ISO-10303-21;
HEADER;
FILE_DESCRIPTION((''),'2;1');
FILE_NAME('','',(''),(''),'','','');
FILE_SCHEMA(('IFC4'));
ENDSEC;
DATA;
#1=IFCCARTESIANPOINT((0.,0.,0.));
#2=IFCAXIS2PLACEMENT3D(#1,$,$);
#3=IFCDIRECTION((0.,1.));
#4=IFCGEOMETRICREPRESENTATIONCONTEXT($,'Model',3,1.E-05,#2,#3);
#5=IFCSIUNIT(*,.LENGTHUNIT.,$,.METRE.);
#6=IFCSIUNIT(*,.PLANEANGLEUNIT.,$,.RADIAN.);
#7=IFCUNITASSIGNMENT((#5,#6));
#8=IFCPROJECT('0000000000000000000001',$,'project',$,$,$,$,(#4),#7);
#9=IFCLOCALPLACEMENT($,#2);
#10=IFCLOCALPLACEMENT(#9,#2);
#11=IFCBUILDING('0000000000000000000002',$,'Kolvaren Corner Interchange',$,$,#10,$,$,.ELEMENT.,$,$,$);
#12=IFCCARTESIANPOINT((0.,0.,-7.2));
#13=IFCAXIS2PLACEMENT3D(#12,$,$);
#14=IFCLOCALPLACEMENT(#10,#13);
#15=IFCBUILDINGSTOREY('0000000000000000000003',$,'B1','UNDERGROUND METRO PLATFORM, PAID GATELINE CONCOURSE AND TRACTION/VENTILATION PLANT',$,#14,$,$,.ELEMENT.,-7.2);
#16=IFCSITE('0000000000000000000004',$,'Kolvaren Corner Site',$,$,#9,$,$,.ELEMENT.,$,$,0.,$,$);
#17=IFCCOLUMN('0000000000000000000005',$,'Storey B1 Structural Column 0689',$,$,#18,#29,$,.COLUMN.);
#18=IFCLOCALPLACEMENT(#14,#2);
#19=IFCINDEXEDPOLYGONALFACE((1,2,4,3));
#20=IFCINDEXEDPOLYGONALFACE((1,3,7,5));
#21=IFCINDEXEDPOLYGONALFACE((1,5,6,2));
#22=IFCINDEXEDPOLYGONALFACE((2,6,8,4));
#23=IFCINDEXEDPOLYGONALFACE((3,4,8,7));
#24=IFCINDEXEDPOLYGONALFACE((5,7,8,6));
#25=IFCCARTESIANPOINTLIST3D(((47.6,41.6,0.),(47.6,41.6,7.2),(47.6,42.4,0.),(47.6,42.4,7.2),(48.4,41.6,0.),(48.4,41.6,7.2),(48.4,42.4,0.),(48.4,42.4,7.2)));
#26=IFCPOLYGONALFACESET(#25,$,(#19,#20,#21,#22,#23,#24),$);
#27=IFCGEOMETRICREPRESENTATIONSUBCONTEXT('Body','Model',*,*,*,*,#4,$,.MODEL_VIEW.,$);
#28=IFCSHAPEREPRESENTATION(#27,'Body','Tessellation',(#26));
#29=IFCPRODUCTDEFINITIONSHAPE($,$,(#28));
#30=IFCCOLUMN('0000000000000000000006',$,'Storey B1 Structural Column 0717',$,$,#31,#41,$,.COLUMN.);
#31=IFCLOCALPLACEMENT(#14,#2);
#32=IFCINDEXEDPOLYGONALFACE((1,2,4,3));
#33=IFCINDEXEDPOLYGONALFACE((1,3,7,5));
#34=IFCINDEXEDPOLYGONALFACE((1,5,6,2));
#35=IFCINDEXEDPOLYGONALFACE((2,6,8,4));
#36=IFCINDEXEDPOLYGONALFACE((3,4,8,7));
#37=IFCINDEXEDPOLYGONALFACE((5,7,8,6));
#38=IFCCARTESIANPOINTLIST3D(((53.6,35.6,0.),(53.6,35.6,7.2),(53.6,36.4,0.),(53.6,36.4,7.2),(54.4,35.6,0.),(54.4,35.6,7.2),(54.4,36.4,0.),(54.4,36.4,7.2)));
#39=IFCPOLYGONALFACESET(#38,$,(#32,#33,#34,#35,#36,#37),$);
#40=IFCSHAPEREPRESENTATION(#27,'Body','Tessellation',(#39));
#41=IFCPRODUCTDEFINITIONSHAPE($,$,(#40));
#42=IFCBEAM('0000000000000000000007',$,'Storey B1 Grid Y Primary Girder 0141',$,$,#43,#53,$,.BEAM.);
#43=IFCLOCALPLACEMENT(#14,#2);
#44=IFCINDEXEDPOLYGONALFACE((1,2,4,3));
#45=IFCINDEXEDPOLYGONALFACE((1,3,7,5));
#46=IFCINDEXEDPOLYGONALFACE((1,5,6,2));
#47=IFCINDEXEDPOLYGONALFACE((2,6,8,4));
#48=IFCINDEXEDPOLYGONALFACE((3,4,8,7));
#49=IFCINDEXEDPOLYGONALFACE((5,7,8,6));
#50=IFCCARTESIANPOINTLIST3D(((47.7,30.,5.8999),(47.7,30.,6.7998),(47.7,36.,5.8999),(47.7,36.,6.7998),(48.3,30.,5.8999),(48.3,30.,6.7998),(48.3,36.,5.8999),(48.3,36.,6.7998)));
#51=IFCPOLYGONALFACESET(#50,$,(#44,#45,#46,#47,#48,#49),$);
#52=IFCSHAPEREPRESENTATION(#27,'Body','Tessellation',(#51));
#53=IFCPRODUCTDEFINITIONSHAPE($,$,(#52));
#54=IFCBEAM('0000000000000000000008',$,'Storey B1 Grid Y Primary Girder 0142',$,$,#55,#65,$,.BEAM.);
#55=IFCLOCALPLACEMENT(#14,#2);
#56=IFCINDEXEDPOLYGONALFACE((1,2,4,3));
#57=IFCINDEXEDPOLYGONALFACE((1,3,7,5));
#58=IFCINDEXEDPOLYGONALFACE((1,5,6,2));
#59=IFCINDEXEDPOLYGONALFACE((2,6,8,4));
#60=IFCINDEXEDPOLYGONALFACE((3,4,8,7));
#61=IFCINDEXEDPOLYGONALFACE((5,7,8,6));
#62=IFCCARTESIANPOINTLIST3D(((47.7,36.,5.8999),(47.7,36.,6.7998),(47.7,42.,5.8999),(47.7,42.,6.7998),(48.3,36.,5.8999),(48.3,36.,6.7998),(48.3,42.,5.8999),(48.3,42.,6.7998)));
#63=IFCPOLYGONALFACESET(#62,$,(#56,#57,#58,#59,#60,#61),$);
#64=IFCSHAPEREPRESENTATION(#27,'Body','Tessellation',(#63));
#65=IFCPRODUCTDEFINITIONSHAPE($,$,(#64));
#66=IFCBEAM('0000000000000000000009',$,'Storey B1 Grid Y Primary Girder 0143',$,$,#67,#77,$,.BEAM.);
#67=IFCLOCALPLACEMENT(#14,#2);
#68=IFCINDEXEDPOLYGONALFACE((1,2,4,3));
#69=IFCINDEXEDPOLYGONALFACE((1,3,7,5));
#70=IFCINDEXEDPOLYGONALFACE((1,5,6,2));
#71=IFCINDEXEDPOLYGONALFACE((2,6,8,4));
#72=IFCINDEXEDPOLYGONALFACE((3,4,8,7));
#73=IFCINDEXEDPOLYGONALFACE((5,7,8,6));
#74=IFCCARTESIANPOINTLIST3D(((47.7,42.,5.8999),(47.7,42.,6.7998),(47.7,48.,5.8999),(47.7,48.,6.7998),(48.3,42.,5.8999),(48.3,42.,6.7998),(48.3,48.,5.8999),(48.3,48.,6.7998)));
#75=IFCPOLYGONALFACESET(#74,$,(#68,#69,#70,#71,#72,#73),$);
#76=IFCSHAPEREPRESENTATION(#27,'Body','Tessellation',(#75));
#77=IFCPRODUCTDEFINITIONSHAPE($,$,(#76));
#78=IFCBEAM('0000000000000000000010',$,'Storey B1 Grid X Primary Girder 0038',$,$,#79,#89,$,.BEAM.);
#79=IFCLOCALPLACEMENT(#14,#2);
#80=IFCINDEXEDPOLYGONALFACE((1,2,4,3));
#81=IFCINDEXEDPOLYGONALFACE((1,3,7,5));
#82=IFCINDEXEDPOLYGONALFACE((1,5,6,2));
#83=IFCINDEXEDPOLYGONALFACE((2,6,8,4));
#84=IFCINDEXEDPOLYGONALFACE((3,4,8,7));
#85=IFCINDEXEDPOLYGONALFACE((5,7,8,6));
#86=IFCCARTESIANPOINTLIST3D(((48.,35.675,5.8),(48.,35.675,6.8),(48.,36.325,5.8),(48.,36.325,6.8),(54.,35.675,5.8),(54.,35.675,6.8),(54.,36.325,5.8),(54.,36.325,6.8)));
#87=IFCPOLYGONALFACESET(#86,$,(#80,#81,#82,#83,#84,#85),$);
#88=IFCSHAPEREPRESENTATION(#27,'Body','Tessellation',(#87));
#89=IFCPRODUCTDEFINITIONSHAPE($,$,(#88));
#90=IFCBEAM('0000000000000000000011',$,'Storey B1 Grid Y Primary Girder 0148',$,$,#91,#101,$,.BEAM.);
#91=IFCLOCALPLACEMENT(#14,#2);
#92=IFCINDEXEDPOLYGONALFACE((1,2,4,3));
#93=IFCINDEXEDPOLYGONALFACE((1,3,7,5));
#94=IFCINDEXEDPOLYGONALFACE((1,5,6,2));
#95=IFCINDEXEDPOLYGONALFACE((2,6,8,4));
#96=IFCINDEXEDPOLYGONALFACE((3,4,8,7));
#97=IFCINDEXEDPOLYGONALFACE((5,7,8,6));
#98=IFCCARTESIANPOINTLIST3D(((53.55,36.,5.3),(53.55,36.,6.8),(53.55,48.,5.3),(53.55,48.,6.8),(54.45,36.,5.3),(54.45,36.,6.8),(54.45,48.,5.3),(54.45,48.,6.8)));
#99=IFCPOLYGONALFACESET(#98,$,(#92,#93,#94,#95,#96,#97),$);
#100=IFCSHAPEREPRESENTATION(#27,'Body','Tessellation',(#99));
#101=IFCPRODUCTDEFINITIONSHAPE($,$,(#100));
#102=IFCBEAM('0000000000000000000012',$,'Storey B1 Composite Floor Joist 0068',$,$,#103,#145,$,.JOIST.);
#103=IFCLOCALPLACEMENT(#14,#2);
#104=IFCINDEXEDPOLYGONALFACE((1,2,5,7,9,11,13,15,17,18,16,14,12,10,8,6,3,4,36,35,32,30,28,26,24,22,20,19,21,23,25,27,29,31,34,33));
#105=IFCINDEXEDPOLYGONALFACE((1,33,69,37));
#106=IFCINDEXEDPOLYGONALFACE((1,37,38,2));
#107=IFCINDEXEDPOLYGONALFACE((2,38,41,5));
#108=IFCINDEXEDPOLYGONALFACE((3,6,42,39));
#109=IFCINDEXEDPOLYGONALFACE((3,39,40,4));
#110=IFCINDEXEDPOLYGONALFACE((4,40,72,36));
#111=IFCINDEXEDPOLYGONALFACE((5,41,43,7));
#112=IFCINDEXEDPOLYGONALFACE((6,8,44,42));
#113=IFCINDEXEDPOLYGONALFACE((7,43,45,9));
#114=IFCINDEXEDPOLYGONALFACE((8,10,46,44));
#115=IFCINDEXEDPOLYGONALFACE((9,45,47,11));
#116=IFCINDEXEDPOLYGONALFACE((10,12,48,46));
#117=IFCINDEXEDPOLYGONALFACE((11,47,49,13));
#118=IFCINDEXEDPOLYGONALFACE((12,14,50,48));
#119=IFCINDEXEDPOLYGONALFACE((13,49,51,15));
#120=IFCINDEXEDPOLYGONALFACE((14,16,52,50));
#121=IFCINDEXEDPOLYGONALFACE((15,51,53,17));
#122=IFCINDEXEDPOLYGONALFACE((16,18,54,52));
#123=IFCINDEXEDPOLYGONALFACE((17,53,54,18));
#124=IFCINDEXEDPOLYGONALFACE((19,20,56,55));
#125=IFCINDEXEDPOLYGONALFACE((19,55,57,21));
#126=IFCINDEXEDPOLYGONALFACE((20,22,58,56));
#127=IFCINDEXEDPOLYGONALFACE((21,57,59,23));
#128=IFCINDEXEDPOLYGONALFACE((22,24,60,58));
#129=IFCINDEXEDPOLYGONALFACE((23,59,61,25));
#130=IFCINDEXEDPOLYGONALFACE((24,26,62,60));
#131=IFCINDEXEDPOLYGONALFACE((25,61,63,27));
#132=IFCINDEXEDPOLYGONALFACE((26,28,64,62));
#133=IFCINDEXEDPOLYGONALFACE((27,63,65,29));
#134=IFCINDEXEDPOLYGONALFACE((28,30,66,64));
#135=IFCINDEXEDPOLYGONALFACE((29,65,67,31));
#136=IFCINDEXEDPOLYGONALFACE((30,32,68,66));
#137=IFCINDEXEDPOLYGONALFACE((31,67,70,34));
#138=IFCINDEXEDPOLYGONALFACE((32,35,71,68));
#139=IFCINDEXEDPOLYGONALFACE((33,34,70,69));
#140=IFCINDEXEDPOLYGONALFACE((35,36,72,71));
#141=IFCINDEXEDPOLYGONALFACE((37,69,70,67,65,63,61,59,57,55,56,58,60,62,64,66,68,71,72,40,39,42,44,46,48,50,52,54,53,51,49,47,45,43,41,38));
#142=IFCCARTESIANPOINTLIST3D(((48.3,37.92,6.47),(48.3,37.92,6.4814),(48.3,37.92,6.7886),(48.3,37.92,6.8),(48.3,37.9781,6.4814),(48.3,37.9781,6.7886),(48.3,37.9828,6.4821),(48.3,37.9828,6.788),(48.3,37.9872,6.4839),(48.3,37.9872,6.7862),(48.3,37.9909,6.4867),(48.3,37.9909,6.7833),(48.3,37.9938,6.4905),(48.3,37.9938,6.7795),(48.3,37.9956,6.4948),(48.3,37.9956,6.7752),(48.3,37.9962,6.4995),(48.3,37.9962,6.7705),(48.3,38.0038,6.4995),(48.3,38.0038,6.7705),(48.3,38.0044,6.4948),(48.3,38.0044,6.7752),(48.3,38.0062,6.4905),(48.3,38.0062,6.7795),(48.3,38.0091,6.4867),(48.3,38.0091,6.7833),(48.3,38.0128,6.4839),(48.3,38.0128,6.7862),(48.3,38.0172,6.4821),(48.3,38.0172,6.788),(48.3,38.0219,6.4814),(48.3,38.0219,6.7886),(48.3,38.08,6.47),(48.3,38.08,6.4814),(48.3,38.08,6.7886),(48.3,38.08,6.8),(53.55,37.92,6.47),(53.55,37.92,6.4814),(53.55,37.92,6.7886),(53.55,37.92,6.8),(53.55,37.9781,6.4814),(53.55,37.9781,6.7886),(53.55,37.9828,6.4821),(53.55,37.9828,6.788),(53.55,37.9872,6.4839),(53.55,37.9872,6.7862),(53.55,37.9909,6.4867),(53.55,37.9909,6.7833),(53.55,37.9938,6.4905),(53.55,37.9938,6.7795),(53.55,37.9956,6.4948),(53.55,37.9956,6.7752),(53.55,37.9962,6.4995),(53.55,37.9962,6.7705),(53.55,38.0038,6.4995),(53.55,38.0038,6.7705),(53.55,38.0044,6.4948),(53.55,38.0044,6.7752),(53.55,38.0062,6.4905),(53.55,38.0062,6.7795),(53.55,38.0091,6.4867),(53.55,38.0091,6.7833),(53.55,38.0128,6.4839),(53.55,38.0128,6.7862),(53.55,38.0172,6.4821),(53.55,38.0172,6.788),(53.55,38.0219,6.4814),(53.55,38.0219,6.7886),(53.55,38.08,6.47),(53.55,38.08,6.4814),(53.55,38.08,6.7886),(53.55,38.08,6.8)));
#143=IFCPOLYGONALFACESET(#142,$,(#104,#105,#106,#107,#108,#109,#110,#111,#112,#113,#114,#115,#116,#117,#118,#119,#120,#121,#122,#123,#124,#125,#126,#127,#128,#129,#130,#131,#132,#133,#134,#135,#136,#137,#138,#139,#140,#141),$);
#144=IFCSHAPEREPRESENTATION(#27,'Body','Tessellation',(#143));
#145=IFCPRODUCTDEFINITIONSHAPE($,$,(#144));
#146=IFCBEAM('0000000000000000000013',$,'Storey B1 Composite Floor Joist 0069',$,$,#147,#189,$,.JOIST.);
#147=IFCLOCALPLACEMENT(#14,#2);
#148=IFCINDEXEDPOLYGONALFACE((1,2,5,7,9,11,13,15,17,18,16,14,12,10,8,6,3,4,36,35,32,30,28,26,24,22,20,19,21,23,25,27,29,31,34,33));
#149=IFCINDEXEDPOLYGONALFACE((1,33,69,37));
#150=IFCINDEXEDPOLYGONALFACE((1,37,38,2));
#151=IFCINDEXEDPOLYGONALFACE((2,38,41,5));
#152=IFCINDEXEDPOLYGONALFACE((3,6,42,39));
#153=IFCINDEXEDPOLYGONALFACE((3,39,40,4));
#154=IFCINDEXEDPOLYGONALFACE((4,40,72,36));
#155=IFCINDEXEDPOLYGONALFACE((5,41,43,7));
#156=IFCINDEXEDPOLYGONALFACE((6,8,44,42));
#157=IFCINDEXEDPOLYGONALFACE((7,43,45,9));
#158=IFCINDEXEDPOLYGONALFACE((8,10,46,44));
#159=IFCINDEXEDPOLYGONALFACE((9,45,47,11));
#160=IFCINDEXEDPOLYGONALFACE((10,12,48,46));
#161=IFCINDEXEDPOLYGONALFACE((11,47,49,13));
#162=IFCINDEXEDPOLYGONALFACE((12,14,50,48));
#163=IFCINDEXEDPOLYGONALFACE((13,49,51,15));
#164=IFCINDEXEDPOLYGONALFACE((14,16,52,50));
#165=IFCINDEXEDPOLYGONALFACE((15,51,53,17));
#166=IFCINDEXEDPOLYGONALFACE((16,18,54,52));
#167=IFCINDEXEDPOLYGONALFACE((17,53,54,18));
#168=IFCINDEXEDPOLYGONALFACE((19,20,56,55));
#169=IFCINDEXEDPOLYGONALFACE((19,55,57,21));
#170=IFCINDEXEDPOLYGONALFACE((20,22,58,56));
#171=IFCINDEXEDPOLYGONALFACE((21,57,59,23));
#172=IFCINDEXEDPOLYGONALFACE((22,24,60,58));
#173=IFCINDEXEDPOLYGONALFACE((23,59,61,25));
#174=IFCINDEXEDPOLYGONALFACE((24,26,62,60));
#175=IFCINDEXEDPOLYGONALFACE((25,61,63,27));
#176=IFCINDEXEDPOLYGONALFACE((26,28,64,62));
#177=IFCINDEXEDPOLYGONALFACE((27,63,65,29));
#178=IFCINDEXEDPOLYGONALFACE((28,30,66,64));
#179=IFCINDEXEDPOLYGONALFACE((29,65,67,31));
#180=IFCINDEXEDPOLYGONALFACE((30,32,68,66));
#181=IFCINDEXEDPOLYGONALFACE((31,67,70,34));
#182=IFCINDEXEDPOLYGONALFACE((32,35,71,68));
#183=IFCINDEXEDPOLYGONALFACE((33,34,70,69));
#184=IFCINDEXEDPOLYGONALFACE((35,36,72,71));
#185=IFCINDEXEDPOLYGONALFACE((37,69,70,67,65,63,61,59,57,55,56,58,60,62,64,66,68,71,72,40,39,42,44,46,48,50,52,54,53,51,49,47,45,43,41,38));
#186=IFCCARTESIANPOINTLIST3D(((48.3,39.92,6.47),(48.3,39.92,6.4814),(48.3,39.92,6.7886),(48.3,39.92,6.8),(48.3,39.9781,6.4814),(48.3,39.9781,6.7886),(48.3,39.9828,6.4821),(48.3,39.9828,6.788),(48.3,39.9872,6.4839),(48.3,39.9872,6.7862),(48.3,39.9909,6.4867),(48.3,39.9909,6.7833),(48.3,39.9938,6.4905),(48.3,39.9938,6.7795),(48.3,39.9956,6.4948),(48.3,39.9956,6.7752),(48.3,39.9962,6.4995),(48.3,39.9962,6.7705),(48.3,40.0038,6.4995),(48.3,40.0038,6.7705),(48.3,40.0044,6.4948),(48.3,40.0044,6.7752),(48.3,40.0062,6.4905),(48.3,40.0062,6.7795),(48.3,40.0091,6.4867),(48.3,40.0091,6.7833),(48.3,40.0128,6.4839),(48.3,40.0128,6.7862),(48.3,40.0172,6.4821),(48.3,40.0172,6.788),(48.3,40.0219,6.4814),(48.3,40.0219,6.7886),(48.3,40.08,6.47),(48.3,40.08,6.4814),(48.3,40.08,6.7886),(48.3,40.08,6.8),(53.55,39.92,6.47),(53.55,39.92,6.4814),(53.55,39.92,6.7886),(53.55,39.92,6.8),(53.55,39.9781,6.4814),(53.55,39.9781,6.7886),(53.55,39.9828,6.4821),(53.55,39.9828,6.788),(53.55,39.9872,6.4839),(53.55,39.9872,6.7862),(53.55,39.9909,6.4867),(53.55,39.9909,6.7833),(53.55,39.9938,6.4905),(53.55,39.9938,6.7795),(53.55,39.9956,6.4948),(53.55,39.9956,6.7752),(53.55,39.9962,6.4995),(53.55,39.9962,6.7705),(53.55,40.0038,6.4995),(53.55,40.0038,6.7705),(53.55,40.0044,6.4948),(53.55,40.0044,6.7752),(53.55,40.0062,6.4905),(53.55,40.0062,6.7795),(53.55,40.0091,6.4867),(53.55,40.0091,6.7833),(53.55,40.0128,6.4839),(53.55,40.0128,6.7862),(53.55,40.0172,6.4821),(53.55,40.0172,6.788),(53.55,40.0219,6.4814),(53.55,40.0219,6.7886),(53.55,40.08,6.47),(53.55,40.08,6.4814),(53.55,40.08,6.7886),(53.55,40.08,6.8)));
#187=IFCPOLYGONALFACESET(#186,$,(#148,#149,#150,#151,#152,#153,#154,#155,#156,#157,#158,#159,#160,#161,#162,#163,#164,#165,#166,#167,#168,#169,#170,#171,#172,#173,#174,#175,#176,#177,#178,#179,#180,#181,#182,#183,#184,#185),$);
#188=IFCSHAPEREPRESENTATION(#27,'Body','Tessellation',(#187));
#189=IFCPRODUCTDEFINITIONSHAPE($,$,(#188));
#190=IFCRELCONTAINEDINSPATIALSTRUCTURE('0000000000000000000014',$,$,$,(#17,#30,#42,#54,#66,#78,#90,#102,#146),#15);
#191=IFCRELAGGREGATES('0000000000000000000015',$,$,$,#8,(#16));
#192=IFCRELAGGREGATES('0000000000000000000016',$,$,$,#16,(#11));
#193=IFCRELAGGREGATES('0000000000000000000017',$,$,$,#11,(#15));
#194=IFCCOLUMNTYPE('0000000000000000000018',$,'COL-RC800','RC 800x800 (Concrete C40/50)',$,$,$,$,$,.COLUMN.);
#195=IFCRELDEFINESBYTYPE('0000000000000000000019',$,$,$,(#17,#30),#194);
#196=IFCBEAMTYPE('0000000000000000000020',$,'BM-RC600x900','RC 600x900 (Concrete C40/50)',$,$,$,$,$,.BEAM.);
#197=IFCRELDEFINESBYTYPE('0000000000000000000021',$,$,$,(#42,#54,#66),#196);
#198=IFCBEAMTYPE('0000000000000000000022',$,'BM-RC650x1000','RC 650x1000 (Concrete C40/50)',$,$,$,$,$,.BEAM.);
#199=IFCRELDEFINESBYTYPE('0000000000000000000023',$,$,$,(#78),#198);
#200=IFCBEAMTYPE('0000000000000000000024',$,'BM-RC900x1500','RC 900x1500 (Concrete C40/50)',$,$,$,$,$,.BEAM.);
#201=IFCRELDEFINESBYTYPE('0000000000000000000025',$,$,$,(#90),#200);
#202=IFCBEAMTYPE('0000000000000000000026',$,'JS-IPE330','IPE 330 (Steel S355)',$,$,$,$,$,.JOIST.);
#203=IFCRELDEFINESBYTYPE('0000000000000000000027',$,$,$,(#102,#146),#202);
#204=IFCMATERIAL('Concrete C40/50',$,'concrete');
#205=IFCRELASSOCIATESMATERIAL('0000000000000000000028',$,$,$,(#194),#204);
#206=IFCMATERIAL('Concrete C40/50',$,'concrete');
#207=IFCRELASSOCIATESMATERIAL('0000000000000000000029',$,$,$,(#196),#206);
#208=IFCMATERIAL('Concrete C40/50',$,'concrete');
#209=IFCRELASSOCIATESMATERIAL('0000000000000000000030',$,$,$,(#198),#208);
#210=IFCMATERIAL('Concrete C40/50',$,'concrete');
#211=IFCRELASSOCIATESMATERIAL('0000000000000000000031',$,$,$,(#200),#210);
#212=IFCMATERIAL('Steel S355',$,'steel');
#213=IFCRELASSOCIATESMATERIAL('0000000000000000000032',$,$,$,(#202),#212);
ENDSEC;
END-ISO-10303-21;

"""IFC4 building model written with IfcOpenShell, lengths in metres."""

from ifc_helpers import new_model, si_unit, direction, frame, origin, origin_2d, place, context, subcontext, project, spatial, rectangle, i_section, extrude, material, material_profile, profile_set, type_object, element, save


model = new_model("IFC4")

# Units and contexts
model_context = context("Model", 3, precision=1e-05, world=origin(), true_north=direction((0.0, 1.0)))
body_context = subcontext(model_context, "Body", "Model", "MODEL_VIEW")
ifc_project = project(units=[si_unit("LENGTHUNIT", "METRE"), si_unit("PLANEANGLEUNIT", "RADIAN")], contexts=[model_context])

# Site, building, storey
site_placement = place(None, origin())
site = spatial("IfcSite", under=ifc_project, at=site_placement, Name="Kolvaren Corner Site", CompositionType="ELEMENT", RefElevation=0.0)
building_placement = place(site_placement, origin())
building = spatial("IfcBuilding", under=site, at=building_placement, Name="Kolvaren Corner Interchange", CompositionType="ELEMENT")
storey_placement = place(building_placement, frame((0.0, 0.0, -7.2)))
storey = spatial("IfcBuildingStorey", under=building, at=storey_placement, Name="B1", Description="UNDERGROUND METRO PLATFORM, PAID GATELINE CONCOURSE AND TRACTION/VENTILATION PLANT", CompositionType="ELEMENT", Elevation=-7.2)

# Columns
ifc_material_1 = material(Name="Concrete C40/50", Category="concrete")
ifc_material_profile_1 = material_profile(ifc_material_1, rectangle(XDim=0.8, YDim=0.8, at=origin_2d()), Name="RC 800x800")
ifc_profile_set_1 = profile_set([ifc_material_profile_1], Name="Concrete C40/50")
column_type = type_object("IfcColumnType", Name="COL-RC800", Description="RC 800x800 (Concrete C40/50)", PredefinedType="COLUMN", material=ifc_profile_set_1)
for number, where, z_axis, x_axis, name in (
    (1, (48.0, 42.0, 0.0), (0.0, 0.0, 1.0), (1.0, 0.0, 0.0), "Storey B1 Structural Column 0689"),
    (2, (54.0, 36.0, 0.0), (0.0, 0.0, 1.0), (1.0, 0.0, 0.0), "Storey B1 Structural Column 0717"),
):
    element("IfcColumn", number, at=place(storey_placement, frame(where, z_axis=z_axis, x_axis=x_axis)), inside=storey, type_object=column_type, Name=name, PredefinedType="COLUMN", context=body_context, shape_type="SweptSolid", body=[
        extrude(rectangle(XDim=0.8, YDim=0.8, at=origin_2d()), origin(), (0.0, 0.0, 1.0), 7.2),
    ])

# Beams
ifc_material_2 = material(Name="Concrete C40/50", Category="concrete")
ifc_material_profile_2 = material_profile(ifc_material_2, rectangle(XDim=0.6001, YDim=0.8999, at=origin_2d()), Name="RC 600x900")
ifc_profile_set_2 = profile_set([ifc_material_profile_2], Name="Concrete C40/50")
beam_type_1 = type_object("IfcBeamType", Name="BM-RC600x900", Description="RC 600x900 (Concrete C40/50)", PredefinedType="BEAM", material=ifc_profile_set_2)
for number, where, z_axis, x_axis, name in (
    (3, (48.0, 30.0, 6.3499), (0.0, 1.0, 0.0), (-1.0, 0.0, 0.0), "Storey B1 Grid Y Primary Girder 0141"),
    (4, (48.0, 36.0, 6.3499), (0.0, 1.0, 0.0), (-1.0, 0.0, 0.0), "Storey B1 Grid Y Primary Girder 0142"),
    (5, (48.0, 42.0, 6.3499), (0.0, 1.0, 0.0), (-1.0, 0.0, 0.0), "Storey B1 Grid Y Primary Girder 0143"),
):
    element("IfcBeam", number, at=place(storey_placement, frame(where, z_axis=z_axis, x_axis=x_axis)), inside=storey, type_object=beam_type_1, Name=name, PredefinedType="BEAM", context=body_context, shape_type="SweptSolid", body=[
        extrude(rectangle(XDim=0.6001, YDim=0.8999, at=origin_2d()), origin(), (0.0, 0.0, 1.0), 6.0),
    ])
ifc_material_3 = material(Name="Concrete C40/50", Category="concrete")
ifc_material_profile_3 = material_profile(ifc_material_3, rectangle(XDim=0.6499, YDim=1.0, at=origin_2d()), Name="RC 650x1000")
ifc_profile_set_3 = profile_set([ifc_material_profile_3], Name="Concrete C40/50")
beam_type_2 = type_object("IfcBeamType", Name="BM-RC650x1000", Description="RC 650x1000 (Concrete C40/50)", PredefinedType="BEAM", material=ifc_profile_set_3)
beam_1_placement = place(storey_placement, frame((48.0, 36.0, 6.3), z_axis=(1.0, 0.0, 0.0), x_axis=(0.0, 1.0, 0.0)))
element("IfcBeam", 6, at=beam_1_placement, inside=storey, type_object=beam_type_2, Name="Storey B1 Grid X Primary Girder 0038", PredefinedType="BEAM", context=body_context, shape_type="SweptSolid", body=[
    extrude(rectangle(XDim=0.6499, YDim=1.0, at=origin_2d()), origin(), (0.0, 0.0, 1.0), 6.0),
])
ifc_material_4 = material(Name="Concrete C40/50", Category="concrete")
ifc_material_profile_4 = material_profile(ifc_material_4, rectangle(XDim=0.8999, YDim=1.5, at=origin_2d()), Name="RC 900x1500")
ifc_profile_set_4 = profile_set([ifc_material_profile_4], Name="Concrete C40/50")
beam_type_3 = type_object("IfcBeamType", Name="BM-RC900x1500", Description="RC 900x1500 (Concrete C40/50)", PredefinedType="BEAM", material=ifc_profile_set_4)
beam_2_placement = place(storey_placement, frame((54.0, 36.0, 6.05), z_axis=(0.0, 1.0, 0.0), x_axis=(-1.0, 0.0, 0.0)))
element("IfcBeam", 7, at=beam_2_placement, inside=storey, type_object=beam_type_3, Name="Storey B1 Grid Y Primary Girder 0148", PredefinedType="BEAM", context=body_context, shape_type="SweptSolid", body=[
    extrude(rectangle(XDim=0.8999, YDim=1.5, at=origin_2d()), origin(), (0.0, 0.0, 1.0), 12.0),
])
ifc_material_5 = material(Name="Steel S355", Category="steel")
ifc_material_profile_5 = material_profile(ifc_material_5, i_section(OverallWidth=0.1599, OverallDepth=0.3301, WebThickness=0.0076, FlangeThickness=0.0115, FilletRadius=0.0181, at=origin_2d()), Name="IPE 330")
ifc_profile_set_5 = profile_set([ifc_material_profile_5], Name="Steel S355")
beam_type_4 = type_object("IfcBeamType", Name="JS-IPE330", Description="IPE 330 (Steel S355)", PredefinedType="JOIST", material=ifc_profile_set_5)
for number, where, z_axis, x_axis, name in (
    (8, (48.3, 38.0, 6.635), (1.0, 0.0, 0.0), (0.0, 1.0, 0.0), "Storey B1 Composite Floor Joist 0068"),
    (9, (48.3, 40.0, 6.635), (1.0, 0.0, 0.0), (0.0, 1.0, 0.0), "Storey B1 Composite Floor Joist 0069"),
):
    element("IfcBeam", number, at=place(storey_placement, frame(where, z_axis=z_axis, x_axis=x_axis)), inside=storey, type_object=beam_type_4, Name=name, PredefinedType="JOIST", context=body_context, shape_type="SweptSolid", body=[
        extrude(i_section(OverallWidth=0.1599, OverallDepth=0.3301, WebThickness=0.0076, FlangeThickness=0.0115, FilletRadius=0.0181, at=origin_2d()), origin(), (0.0, 0.0, 1.0), 5.25),
    ])

save(model, "model.ifc")
